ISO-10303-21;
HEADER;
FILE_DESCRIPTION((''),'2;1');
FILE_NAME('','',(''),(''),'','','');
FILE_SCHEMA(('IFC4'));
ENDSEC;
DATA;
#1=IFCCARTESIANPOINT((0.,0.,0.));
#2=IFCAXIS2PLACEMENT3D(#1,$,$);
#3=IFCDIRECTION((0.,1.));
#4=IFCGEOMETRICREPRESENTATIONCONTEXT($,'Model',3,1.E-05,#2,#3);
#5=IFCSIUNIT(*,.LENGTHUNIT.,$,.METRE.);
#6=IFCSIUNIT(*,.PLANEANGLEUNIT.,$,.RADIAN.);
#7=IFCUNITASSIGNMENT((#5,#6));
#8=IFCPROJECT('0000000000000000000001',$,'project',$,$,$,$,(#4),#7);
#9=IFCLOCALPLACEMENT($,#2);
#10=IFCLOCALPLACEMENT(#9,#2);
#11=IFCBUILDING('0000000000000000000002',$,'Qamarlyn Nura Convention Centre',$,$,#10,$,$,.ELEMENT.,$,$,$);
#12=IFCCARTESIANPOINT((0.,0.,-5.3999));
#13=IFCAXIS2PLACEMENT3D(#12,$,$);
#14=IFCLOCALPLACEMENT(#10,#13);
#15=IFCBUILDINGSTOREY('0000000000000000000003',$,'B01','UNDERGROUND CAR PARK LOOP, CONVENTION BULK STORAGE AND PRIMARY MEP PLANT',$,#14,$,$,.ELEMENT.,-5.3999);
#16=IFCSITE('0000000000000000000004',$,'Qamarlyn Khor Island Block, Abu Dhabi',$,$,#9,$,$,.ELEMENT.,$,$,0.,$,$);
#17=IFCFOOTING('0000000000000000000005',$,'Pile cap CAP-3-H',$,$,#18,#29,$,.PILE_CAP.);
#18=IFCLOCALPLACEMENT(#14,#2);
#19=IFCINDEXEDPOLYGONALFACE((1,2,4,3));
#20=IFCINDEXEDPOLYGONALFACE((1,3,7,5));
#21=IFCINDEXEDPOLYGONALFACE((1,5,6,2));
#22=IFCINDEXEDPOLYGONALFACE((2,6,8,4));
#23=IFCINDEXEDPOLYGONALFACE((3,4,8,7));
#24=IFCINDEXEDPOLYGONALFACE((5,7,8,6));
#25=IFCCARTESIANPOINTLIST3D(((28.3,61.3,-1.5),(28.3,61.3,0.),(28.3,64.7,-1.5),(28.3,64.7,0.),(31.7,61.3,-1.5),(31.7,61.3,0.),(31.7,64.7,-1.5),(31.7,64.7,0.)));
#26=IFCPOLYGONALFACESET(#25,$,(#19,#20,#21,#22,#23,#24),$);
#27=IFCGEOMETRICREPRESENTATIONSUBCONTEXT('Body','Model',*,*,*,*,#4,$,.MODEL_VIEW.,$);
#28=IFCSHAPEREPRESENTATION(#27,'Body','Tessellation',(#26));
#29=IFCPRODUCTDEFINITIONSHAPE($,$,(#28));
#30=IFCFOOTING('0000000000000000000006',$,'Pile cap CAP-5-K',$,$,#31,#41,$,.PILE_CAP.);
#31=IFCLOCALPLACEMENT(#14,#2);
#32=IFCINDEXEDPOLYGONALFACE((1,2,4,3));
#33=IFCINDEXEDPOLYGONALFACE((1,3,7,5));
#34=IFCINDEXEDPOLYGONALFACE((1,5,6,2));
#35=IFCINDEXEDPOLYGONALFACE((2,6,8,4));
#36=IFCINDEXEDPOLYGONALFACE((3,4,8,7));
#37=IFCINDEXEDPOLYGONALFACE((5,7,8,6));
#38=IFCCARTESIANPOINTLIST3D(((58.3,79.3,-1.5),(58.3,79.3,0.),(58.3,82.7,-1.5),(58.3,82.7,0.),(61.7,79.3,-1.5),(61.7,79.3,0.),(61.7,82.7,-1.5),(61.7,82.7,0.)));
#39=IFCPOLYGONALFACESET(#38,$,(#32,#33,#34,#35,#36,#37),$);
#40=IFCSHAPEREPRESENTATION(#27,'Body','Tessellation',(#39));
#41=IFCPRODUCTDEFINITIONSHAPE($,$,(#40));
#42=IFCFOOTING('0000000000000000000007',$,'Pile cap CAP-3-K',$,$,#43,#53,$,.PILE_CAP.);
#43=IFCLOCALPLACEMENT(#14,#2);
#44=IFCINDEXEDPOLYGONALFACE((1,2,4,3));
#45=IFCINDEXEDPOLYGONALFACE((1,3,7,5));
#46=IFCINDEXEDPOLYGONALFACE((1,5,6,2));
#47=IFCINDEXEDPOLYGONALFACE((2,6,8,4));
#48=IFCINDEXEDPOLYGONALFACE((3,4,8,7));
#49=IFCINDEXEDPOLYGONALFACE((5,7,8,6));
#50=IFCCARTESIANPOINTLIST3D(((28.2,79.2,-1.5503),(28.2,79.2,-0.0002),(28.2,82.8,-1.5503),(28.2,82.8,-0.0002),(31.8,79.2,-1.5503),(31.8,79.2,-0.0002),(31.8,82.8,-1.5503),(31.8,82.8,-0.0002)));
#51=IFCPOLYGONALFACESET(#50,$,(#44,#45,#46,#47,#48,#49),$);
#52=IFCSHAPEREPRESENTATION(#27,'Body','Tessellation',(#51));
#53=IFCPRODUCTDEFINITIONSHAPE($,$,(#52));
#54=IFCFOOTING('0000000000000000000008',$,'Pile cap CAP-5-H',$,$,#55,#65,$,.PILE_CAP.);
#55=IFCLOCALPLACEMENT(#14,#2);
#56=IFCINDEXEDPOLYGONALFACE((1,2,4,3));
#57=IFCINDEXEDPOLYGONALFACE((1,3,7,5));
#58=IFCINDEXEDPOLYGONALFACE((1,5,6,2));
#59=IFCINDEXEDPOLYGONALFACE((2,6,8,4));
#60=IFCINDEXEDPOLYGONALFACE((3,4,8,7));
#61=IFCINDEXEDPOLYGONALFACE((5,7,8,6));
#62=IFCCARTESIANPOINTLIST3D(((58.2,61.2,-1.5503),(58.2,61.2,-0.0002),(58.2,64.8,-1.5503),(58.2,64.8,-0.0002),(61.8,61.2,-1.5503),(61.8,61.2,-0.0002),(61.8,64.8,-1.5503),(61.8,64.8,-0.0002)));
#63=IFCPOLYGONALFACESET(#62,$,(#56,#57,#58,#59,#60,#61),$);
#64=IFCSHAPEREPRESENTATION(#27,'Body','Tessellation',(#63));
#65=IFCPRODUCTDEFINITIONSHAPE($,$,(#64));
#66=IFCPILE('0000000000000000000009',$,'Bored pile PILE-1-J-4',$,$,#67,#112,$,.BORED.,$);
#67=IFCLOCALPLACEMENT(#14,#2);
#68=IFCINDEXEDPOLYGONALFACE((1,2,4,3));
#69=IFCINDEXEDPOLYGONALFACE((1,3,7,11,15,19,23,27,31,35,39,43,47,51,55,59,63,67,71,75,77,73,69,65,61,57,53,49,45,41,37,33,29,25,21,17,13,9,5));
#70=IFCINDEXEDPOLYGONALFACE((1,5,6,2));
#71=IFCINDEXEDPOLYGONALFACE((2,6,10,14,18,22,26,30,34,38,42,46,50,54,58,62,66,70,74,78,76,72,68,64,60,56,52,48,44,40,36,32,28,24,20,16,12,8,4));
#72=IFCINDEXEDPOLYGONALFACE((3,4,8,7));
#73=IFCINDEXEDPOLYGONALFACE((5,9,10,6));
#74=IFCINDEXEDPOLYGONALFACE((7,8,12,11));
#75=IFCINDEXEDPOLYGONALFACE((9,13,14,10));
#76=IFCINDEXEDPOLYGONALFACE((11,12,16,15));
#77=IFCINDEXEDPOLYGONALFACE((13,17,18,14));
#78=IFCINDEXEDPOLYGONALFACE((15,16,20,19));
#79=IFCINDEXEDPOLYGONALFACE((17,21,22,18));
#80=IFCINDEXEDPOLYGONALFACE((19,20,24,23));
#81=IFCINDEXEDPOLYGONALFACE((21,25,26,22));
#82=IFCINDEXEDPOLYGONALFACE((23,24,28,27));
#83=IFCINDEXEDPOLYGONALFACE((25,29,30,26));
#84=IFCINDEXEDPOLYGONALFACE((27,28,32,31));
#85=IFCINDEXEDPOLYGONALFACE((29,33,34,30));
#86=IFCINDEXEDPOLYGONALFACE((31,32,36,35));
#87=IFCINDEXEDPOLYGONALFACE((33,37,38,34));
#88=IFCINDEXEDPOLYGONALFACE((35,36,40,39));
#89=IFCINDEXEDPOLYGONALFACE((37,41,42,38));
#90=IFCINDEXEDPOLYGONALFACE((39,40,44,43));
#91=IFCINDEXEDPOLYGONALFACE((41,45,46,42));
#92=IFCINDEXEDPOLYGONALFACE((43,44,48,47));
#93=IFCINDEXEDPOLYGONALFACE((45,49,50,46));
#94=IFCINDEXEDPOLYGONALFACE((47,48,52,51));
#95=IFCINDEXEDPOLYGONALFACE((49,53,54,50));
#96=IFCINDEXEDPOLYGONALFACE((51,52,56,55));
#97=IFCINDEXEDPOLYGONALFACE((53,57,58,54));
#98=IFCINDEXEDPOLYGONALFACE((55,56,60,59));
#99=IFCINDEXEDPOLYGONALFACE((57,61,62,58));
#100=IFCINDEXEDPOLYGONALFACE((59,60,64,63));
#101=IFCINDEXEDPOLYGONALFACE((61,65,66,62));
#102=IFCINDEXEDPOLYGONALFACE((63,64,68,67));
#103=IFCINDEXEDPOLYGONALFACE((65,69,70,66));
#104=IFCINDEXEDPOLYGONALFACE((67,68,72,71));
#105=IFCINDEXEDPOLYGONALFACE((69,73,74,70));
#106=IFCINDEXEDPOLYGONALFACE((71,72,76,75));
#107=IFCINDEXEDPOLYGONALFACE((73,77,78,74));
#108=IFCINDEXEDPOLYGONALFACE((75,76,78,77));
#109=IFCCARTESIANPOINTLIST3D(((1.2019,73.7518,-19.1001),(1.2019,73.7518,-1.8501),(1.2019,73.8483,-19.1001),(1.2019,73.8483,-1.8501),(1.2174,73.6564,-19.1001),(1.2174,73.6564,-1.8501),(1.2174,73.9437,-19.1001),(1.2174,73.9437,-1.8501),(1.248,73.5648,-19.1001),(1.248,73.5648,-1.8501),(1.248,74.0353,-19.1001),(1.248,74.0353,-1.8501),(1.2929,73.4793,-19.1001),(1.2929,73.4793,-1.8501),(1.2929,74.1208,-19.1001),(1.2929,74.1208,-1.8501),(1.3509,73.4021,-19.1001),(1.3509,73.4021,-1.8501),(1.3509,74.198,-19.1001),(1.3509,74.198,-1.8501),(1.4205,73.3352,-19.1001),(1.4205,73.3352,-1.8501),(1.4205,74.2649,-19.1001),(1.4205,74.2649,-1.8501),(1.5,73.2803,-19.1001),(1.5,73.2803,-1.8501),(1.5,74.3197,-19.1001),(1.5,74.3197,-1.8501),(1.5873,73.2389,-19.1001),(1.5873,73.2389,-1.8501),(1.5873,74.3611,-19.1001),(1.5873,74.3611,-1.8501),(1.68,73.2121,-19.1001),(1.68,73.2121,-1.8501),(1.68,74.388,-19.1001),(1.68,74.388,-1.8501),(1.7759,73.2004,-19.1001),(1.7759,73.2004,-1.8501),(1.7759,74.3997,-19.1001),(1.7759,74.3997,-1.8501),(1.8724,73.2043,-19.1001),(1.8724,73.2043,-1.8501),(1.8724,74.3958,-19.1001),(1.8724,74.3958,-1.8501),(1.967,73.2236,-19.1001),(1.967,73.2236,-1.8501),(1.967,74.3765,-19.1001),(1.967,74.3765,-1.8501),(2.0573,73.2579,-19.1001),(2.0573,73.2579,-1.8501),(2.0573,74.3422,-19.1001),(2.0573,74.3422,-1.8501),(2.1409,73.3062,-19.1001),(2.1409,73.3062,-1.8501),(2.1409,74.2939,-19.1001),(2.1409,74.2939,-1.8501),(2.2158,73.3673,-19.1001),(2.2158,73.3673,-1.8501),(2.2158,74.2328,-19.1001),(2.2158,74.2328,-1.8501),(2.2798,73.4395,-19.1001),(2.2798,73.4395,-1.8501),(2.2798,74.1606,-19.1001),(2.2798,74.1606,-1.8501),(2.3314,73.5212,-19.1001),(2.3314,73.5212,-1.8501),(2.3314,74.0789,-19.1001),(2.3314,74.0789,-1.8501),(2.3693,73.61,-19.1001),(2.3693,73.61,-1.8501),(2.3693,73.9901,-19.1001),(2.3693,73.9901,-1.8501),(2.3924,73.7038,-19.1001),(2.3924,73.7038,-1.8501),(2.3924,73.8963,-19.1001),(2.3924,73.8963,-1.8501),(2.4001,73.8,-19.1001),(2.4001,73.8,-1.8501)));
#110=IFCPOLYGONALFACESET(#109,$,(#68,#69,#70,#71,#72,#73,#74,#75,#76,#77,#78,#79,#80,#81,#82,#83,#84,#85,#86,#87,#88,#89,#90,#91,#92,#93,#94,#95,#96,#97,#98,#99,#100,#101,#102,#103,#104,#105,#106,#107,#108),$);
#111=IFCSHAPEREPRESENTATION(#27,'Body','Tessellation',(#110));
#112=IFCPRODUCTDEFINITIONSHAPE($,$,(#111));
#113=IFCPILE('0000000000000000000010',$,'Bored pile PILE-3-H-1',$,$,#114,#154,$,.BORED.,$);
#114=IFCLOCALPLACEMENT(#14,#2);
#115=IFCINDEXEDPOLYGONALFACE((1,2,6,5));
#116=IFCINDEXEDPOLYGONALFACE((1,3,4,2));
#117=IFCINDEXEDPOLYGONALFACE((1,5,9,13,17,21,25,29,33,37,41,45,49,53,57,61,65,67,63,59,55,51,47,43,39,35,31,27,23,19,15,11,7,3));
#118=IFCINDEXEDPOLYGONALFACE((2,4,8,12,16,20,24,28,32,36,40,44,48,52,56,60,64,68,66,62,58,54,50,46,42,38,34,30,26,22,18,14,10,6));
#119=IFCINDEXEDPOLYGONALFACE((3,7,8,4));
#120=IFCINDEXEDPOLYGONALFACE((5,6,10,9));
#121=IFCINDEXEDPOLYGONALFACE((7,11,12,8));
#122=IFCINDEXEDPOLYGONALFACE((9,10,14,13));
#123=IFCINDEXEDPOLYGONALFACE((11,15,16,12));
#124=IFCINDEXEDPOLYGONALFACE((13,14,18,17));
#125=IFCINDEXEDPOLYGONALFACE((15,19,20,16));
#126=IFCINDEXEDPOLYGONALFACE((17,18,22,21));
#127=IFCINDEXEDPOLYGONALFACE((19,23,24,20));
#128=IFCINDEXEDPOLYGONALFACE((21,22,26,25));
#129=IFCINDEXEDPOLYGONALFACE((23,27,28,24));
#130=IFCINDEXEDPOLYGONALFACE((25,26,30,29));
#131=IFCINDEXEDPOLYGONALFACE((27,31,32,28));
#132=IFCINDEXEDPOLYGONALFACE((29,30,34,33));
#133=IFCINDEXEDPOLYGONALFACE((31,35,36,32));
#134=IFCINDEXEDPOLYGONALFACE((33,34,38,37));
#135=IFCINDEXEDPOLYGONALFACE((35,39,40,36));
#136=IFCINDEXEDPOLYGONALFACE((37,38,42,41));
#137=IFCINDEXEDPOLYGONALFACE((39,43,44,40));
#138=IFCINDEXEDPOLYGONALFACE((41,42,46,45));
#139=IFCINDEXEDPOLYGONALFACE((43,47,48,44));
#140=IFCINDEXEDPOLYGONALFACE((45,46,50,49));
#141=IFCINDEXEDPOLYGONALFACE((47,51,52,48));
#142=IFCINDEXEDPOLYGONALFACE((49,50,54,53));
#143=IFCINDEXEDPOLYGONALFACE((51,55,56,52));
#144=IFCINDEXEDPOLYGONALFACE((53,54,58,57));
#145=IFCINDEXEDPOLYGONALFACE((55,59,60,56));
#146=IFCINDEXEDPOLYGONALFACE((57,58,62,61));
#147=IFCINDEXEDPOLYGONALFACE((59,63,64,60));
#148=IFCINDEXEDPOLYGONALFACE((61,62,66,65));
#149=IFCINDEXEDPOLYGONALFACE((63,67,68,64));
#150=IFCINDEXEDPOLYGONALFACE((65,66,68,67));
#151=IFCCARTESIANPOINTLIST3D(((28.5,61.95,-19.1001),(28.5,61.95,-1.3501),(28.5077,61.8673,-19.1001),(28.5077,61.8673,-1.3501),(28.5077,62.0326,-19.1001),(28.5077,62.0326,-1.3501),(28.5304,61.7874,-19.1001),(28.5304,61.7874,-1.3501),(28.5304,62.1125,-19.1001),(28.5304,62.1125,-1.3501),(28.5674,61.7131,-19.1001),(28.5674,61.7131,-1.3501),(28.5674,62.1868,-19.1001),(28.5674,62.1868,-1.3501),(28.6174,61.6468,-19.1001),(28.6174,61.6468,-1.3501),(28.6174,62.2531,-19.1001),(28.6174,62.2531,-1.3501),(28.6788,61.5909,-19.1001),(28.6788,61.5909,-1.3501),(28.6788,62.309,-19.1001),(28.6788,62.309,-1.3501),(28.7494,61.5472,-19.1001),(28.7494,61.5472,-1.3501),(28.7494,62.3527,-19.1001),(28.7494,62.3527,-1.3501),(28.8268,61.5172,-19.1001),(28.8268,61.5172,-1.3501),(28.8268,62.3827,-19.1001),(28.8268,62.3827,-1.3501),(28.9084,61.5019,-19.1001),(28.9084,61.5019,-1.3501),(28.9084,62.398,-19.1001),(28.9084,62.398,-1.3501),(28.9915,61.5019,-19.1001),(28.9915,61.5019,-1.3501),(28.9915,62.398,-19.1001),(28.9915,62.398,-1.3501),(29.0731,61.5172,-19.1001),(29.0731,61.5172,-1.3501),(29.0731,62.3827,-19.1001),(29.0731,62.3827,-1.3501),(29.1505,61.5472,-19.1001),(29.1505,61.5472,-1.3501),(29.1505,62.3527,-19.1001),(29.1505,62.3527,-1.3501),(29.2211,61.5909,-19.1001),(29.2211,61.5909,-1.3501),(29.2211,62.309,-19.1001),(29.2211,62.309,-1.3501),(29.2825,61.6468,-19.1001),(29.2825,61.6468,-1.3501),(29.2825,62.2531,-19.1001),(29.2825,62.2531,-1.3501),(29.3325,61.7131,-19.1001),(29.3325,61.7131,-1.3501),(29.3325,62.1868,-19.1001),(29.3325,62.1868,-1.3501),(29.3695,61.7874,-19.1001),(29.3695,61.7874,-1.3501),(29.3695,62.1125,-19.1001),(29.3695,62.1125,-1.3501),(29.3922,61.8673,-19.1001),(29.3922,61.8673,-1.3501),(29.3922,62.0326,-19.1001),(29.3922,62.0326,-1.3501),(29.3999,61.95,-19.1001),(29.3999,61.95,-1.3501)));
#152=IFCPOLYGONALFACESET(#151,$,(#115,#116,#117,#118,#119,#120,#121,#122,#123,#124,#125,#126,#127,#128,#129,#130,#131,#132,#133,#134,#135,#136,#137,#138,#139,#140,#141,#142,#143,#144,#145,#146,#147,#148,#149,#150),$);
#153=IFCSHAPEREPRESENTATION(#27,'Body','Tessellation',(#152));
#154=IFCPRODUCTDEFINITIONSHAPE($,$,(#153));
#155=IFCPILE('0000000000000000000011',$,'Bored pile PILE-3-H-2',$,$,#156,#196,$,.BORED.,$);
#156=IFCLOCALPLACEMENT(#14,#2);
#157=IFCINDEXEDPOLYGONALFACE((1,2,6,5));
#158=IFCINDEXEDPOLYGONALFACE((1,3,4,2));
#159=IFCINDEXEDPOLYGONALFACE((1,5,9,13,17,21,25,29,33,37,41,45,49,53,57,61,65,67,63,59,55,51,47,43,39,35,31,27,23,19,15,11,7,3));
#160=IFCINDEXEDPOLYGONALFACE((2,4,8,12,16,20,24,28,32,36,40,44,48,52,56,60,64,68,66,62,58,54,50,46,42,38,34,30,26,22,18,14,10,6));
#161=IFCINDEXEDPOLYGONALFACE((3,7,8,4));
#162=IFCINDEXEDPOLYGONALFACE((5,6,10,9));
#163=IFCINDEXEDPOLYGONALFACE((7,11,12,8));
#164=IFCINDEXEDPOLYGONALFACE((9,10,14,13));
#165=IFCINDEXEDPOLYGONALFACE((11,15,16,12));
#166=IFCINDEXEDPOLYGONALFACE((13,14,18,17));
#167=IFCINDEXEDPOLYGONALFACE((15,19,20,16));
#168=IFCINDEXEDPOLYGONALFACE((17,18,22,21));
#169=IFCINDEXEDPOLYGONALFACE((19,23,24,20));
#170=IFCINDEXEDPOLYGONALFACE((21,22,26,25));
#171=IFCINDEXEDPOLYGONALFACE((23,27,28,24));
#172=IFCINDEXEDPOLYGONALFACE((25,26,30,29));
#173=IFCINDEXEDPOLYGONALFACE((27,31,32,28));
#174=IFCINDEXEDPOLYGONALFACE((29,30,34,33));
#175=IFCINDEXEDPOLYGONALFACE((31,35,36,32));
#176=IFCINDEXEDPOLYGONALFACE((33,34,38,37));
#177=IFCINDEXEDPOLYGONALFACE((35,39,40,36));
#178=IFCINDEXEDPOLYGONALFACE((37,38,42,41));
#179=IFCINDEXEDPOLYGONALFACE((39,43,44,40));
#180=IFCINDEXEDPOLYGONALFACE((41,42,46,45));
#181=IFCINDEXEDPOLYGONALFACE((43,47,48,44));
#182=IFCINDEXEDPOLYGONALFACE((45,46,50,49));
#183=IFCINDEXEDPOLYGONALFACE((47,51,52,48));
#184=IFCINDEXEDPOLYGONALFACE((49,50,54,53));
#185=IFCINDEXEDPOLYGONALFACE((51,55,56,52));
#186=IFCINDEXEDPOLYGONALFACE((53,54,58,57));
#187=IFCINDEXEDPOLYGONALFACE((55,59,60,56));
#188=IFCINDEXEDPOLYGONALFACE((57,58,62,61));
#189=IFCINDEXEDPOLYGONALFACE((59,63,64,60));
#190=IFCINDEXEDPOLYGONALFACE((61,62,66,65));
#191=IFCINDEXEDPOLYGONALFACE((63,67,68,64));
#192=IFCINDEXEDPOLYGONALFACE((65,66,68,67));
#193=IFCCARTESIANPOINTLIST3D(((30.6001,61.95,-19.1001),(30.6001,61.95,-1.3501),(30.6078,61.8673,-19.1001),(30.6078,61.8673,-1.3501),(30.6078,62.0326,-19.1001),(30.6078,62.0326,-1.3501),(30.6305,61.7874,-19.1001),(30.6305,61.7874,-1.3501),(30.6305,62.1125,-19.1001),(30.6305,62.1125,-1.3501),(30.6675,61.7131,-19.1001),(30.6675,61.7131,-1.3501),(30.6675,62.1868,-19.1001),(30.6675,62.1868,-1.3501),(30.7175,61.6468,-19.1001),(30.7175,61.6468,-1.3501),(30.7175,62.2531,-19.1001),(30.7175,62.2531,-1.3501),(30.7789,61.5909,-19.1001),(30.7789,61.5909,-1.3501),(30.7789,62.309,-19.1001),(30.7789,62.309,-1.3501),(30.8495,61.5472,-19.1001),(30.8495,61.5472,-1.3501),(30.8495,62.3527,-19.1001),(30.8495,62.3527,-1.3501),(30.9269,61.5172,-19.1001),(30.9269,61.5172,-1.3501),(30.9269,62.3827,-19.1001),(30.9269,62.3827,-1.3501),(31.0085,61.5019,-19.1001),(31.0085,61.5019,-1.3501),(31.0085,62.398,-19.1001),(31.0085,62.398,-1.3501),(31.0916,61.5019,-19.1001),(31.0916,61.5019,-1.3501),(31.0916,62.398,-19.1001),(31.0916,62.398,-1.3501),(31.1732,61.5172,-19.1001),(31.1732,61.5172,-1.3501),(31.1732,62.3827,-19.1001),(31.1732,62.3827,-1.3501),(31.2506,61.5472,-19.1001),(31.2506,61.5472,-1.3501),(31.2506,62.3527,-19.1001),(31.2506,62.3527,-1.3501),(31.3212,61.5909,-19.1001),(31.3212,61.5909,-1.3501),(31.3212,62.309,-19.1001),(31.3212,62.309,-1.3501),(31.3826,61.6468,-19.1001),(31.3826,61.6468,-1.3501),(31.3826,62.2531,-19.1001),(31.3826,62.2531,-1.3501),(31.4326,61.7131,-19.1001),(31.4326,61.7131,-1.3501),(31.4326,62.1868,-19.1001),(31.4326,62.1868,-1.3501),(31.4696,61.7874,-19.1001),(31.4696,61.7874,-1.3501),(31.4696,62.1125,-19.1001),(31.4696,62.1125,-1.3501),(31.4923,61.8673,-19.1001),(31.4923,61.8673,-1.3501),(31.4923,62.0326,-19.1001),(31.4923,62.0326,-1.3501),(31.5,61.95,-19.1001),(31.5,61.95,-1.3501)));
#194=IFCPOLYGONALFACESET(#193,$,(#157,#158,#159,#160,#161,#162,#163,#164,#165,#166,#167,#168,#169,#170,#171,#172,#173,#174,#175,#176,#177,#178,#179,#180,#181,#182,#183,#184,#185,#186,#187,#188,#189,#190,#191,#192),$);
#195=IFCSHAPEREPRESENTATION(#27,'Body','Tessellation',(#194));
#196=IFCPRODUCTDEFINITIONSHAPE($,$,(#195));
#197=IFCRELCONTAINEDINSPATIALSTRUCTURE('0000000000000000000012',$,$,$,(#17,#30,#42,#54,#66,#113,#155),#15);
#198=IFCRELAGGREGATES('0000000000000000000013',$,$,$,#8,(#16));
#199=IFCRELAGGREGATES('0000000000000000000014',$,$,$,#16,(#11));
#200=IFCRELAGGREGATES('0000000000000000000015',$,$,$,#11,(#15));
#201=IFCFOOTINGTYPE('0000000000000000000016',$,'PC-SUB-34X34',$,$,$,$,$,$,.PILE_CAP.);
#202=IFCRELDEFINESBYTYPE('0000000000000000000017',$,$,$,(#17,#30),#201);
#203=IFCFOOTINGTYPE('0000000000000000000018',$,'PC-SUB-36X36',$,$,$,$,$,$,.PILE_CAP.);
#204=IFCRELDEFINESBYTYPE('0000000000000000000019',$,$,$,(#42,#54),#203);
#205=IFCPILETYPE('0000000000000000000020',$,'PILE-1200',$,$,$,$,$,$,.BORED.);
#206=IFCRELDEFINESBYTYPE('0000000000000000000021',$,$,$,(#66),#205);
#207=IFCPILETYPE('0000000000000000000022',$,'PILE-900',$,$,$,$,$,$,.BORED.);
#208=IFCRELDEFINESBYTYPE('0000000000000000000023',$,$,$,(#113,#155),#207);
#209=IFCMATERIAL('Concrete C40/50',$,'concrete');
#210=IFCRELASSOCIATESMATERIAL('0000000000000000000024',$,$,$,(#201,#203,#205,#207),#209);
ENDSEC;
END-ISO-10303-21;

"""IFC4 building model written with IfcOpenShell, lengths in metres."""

from ifc_helpers import new_model, si_unit, direction, frame, origin, origin_2d, place, context, subcontext, project, spatial, rectangle, circle, extrude, material, material_profile, profile_set, type_object, element, save


model = new_model("IFC4")

# Units and contexts
model_context = context("Model", 3, precision=1e-05, world=origin(), true_north=direction((0.0, 1.0)))
body_context = subcontext(model_context, "Body", "Model", "MODEL_VIEW")
ifc_project = project(units=[si_unit("LENGTHUNIT", "METRE"), si_unit("PLANEANGLEUNIT", "RADIAN")], contexts=[model_context])

# Site, building, storey
site_placement = place(None, origin())
site = spatial("IfcSite", under=ifc_project, at=site_placement, Name="Qamarlyn Khor Island Block, Abu Dhabi", CompositionType="ELEMENT", RefElevation=0.0)
building_placement = place(site_placement, origin())
building = spatial("IfcBuilding", under=site, at=building_placement, Name="Qamarlyn Nura Convention Centre", CompositionType="ELEMENT")
storey_placement = place(building_placement, frame((0.0, 0.0, -5.3999)))
storey = spatial("IfcBuildingStorey", under=building, at=storey_placement, Name="B01", Description="UNDERGROUND CAR PARK LOOP, CONVENTION BULK STORAGE AND PRIMARY MEP PLANT", CompositionType="ELEMENT", Elevation=-5.3999)

# Footings
ifc_material_1 = material(Name="Concrete C40/50", Category="concrete")
footing_type_1 = type_object("IfcFootingType", Name="PC-SUB-34X34", PredefinedType="PILE_CAP", material=ifc_material_1)
for number, where, z_axis, x_axis, name in (
    (1, (30.0, 63.0, -1.5), (0.0, 0.0, 1.0), (1.0, 0.0, 0.0), "Pile cap CAP-3-H"),
    (2, (60.0, 81.0, -1.5), (0.0, 0.0, 1.0), (1.0, 0.0, 0.0), "Pile cap CAP-5-K"),
):
    element("IfcFooting", number, at=place(storey_placement, frame(where, z_axis=z_axis, x_axis=x_axis)), inside=storey, type_object=footing_type_1, Name=name, PredefinedType="PILE_CAP", context=body_context, shape_type="SweptSolid", body=[
        extrude(rectangle(XDim=3.3999, YDim=3.3999, at=origin_2d()), origin(), (0.0, 0.0, 1.0), 1.5),
    ])
footing_type_2 = type_object("IfcFootingType", Name="PC-SUB-36X36", PredefinedType="PILE_CAP", material=ifc_material_1)
for number, where, z_axis, x_axis, name in (
    (3, (30.0, 81.0, -1.5503), (0.0, 0.0, 1.0), (1.0, 0.0, 0.0), "Pile cap CAP-3-K"),
    (4, (60.0, 63.0, -1.5503), (0.0, 0.0, 1.0), (1.0, 0.0, 0.0), "Pile cap CAP-5-H"),
):
    element("IfcFooting", number, at=place(storey_placement, frame(where, z_axis=z_axis, x_axis=x_axis)), inside=storey, type_object=footing_type_2, Name=name, PredefinedType="PILE_CAP", context=body_context, shape_type="SweptSolid", body=[
        extrude(rectangle(XDim=3.6001, YDim=3.6001, at=origin_2d()), origin(), (0.0, 0.0, 1.0), 1.55),
    ])

# Piles
ifc_material_profile_1 = material_profile(ifc_material_1, circle(Radius=0.6001, at=origin_2d()), Name="BORED PILE 1200")
ifc_profile_set_1 = profile_set([ifc_material_profile_1], Name="Concrete C40/50")
pile_type_1 = type_object("IfcPileType", Name="PILE-1200", PredefinedType="BORED", material=ifc_profile_set_1)
pile_placement = place(storey_placement, frame((1.8, 73.8, -1.8501), z_axis=(0.0, 0.0, -1.0), x_axis=(1.0, 0.0, 0.0)))
element("IfcPile", 5, at=pile_placement, inside=storey, type_object=pile_type_1, Name="Bored pile PILE-1-J-4", PredefinedType="BORED", context=body_context, shape_type="SweptSolid", body=[
    extrude(circle(Radius=0.6001, at=origin_2d()), origin(), (0.0, 0.0, 1.0), 17.25),
])
ifc_material_profile_2 = material_profile(ifc_material_1, circle(Radius=0.45, at=origin_2d()), Name="BORED PILE 900")
ifc_profile_set_2 = profile_set([ifc_material_profile_2], Name="Concrete C40/50")
pile_type_2 = type_object("IfcPileType", Name="PILE-900", PredefinedType="BORED", material=ifc_profile_set_2)
for number, where, z_axis, x_axis, name in (
    (6, (28.95, 61.95, -1.3501), (0.0, 0.0, -1.0), (1.0, 0.0, 0.0), "Bored pile PILE-3-H-1"),
    (7, (31.05, 61.95, -1.3501), (0.0, 0.0, -1.0), (1.0, 0.0, 0.0), "Bored pile PILE-3-H-2"),
):
    element("IfcPile", number, at=place(storey_placement, frame(where, z_axis=z_axis, x_axis=x_axis)), inside=storey, type_object=pile_type_2, Name=name, PredefinedType="BORED", context=body_context, shape_type="SweptSolid", body=[
        extrude(circle(Radius=0.45, at=origin_2d()), origin(), (0.0, 0.0, 1.0), 17.75),
    ])

save(model, "model.ifc")
